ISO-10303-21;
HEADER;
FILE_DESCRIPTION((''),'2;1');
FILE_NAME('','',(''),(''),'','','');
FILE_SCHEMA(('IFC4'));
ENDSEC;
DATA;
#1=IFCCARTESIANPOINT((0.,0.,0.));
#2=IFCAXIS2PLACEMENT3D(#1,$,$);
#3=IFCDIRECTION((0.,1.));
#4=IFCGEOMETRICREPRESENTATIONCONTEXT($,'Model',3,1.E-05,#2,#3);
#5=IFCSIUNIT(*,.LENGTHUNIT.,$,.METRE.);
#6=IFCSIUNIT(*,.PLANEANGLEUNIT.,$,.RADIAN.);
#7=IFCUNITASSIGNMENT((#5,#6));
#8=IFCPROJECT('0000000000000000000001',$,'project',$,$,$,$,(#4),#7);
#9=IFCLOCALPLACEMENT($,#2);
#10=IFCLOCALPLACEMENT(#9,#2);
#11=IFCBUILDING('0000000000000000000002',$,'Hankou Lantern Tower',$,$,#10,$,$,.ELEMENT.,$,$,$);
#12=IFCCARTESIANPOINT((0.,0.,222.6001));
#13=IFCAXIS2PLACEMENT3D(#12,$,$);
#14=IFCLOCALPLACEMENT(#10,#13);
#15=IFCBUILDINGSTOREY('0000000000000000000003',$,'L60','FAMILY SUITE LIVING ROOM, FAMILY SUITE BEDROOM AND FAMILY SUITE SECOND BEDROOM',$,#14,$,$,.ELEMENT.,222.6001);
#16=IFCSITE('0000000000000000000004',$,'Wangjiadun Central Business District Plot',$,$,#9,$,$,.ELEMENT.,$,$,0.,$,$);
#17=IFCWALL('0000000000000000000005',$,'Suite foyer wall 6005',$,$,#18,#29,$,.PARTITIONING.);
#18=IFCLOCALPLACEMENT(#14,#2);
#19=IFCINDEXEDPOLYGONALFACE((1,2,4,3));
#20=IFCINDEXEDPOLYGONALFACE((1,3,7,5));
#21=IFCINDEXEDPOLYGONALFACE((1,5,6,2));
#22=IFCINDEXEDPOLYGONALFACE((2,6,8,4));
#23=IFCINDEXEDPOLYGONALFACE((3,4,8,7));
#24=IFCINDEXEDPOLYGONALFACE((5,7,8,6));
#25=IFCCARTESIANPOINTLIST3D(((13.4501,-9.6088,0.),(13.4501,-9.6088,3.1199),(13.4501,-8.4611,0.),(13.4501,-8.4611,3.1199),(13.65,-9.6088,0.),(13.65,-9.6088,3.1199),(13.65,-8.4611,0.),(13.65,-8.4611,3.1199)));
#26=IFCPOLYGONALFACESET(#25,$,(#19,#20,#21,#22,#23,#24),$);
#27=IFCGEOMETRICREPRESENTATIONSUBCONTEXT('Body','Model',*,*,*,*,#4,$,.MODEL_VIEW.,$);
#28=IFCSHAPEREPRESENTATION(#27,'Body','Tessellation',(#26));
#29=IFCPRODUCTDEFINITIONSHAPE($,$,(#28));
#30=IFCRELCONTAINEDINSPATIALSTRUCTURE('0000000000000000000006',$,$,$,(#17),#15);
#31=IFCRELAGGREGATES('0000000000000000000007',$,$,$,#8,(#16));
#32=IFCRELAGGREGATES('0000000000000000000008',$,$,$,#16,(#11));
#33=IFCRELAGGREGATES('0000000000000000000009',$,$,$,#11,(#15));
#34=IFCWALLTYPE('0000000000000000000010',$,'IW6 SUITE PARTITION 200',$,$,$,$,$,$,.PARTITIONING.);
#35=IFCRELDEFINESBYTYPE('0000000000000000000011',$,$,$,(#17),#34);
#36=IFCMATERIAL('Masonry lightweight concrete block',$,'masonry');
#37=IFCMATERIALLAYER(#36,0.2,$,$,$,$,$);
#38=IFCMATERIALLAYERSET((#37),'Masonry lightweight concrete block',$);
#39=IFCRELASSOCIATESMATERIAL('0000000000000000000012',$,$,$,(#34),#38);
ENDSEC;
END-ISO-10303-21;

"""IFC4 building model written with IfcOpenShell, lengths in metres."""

from ifc_helpers import new_model, si_unit, direction, frame, frame_2d, origin, place, context, subcontext, project, spatial, rectangle, extrude, material, layer, layer_set, type_object, element, save


model = new_model("IFC4")

# Units and contexts
model_context = context("Model", 3, precision=1e-05, world=origin(), true_north=direction((0.0, 1.0)))
body_context = subcontext(model_context, "Body", "Model", "MODEL_VIEW")
ifc_project = project(units=[si_unit("LENGTHUNIT", "METRE"), si_unit("PLANEANGLEUNIT", "RADIAN")], contexts=[model_context])

# Site, building, storey
site_placement = place(None, origin())
site = spatial("IfcSite", under=ifc_project, at=site_placement, Name="Wangjiadun Central Business District Plot", CompositionType="ELEMENT", RefElevation=0.0)
building_placement = place(site_placement, origin())
building = spatial("IfcBuilding", under=site, at=building_placement, Name="Hankou Lantern Tower", CompositionType="ELEMENT")
storey_placement = place(building_placement, frame((0.0, 0.0, 222.6001)))
storey = spatial("IfcBuildingStorey", under=building, at=storey_placement, Name="L60", Description="FAMILY SUITE LIVING ROOM, FAMILY SUITE BEDROOM AND FAMILY SUITE SECOND BEDROOM", CompositionType="ELEMENT", Elevation=222.6001)

# Wall
ifc_material_1 = material(Name="Masonry lightweight concrete block", Category="masonry")
ifc_layer_1 = layer(ifc_material_1, 0.2)
ifc_layer_set_1 = layer_set([ifc_layer_1], Name="Masonry lightweight concrete block")
wall_type_1 = type_object("IfcWallType", Name="IW6 SUITE PARTITION 200", PredefinedType="PARTITIONING", material=ifc_layer_set_1)
wall_1_placement = place(storey_placement, frame((13.55, -9.6086, 0.0), z_axis=(0.0, 0.0, 1.0), x_axis=(0.0, 1.0, 0.0)))
element("IfcWall", 1, at=wall_1_placement, inside=storey, type_object=wall_type_1, Name="Suite foyer wall 6005", PredefinedType="PARTITIONING", context=body_context, shape_type="SweptSolid", body=[
    extrude(rectangle(XDim=1.1477, YDim=0.2, at=frame_2d((0.5737, 0.0))), origin(), (0.0, 0.0, 1.0), 3.1199),
])

save(model, "model.ifc")
